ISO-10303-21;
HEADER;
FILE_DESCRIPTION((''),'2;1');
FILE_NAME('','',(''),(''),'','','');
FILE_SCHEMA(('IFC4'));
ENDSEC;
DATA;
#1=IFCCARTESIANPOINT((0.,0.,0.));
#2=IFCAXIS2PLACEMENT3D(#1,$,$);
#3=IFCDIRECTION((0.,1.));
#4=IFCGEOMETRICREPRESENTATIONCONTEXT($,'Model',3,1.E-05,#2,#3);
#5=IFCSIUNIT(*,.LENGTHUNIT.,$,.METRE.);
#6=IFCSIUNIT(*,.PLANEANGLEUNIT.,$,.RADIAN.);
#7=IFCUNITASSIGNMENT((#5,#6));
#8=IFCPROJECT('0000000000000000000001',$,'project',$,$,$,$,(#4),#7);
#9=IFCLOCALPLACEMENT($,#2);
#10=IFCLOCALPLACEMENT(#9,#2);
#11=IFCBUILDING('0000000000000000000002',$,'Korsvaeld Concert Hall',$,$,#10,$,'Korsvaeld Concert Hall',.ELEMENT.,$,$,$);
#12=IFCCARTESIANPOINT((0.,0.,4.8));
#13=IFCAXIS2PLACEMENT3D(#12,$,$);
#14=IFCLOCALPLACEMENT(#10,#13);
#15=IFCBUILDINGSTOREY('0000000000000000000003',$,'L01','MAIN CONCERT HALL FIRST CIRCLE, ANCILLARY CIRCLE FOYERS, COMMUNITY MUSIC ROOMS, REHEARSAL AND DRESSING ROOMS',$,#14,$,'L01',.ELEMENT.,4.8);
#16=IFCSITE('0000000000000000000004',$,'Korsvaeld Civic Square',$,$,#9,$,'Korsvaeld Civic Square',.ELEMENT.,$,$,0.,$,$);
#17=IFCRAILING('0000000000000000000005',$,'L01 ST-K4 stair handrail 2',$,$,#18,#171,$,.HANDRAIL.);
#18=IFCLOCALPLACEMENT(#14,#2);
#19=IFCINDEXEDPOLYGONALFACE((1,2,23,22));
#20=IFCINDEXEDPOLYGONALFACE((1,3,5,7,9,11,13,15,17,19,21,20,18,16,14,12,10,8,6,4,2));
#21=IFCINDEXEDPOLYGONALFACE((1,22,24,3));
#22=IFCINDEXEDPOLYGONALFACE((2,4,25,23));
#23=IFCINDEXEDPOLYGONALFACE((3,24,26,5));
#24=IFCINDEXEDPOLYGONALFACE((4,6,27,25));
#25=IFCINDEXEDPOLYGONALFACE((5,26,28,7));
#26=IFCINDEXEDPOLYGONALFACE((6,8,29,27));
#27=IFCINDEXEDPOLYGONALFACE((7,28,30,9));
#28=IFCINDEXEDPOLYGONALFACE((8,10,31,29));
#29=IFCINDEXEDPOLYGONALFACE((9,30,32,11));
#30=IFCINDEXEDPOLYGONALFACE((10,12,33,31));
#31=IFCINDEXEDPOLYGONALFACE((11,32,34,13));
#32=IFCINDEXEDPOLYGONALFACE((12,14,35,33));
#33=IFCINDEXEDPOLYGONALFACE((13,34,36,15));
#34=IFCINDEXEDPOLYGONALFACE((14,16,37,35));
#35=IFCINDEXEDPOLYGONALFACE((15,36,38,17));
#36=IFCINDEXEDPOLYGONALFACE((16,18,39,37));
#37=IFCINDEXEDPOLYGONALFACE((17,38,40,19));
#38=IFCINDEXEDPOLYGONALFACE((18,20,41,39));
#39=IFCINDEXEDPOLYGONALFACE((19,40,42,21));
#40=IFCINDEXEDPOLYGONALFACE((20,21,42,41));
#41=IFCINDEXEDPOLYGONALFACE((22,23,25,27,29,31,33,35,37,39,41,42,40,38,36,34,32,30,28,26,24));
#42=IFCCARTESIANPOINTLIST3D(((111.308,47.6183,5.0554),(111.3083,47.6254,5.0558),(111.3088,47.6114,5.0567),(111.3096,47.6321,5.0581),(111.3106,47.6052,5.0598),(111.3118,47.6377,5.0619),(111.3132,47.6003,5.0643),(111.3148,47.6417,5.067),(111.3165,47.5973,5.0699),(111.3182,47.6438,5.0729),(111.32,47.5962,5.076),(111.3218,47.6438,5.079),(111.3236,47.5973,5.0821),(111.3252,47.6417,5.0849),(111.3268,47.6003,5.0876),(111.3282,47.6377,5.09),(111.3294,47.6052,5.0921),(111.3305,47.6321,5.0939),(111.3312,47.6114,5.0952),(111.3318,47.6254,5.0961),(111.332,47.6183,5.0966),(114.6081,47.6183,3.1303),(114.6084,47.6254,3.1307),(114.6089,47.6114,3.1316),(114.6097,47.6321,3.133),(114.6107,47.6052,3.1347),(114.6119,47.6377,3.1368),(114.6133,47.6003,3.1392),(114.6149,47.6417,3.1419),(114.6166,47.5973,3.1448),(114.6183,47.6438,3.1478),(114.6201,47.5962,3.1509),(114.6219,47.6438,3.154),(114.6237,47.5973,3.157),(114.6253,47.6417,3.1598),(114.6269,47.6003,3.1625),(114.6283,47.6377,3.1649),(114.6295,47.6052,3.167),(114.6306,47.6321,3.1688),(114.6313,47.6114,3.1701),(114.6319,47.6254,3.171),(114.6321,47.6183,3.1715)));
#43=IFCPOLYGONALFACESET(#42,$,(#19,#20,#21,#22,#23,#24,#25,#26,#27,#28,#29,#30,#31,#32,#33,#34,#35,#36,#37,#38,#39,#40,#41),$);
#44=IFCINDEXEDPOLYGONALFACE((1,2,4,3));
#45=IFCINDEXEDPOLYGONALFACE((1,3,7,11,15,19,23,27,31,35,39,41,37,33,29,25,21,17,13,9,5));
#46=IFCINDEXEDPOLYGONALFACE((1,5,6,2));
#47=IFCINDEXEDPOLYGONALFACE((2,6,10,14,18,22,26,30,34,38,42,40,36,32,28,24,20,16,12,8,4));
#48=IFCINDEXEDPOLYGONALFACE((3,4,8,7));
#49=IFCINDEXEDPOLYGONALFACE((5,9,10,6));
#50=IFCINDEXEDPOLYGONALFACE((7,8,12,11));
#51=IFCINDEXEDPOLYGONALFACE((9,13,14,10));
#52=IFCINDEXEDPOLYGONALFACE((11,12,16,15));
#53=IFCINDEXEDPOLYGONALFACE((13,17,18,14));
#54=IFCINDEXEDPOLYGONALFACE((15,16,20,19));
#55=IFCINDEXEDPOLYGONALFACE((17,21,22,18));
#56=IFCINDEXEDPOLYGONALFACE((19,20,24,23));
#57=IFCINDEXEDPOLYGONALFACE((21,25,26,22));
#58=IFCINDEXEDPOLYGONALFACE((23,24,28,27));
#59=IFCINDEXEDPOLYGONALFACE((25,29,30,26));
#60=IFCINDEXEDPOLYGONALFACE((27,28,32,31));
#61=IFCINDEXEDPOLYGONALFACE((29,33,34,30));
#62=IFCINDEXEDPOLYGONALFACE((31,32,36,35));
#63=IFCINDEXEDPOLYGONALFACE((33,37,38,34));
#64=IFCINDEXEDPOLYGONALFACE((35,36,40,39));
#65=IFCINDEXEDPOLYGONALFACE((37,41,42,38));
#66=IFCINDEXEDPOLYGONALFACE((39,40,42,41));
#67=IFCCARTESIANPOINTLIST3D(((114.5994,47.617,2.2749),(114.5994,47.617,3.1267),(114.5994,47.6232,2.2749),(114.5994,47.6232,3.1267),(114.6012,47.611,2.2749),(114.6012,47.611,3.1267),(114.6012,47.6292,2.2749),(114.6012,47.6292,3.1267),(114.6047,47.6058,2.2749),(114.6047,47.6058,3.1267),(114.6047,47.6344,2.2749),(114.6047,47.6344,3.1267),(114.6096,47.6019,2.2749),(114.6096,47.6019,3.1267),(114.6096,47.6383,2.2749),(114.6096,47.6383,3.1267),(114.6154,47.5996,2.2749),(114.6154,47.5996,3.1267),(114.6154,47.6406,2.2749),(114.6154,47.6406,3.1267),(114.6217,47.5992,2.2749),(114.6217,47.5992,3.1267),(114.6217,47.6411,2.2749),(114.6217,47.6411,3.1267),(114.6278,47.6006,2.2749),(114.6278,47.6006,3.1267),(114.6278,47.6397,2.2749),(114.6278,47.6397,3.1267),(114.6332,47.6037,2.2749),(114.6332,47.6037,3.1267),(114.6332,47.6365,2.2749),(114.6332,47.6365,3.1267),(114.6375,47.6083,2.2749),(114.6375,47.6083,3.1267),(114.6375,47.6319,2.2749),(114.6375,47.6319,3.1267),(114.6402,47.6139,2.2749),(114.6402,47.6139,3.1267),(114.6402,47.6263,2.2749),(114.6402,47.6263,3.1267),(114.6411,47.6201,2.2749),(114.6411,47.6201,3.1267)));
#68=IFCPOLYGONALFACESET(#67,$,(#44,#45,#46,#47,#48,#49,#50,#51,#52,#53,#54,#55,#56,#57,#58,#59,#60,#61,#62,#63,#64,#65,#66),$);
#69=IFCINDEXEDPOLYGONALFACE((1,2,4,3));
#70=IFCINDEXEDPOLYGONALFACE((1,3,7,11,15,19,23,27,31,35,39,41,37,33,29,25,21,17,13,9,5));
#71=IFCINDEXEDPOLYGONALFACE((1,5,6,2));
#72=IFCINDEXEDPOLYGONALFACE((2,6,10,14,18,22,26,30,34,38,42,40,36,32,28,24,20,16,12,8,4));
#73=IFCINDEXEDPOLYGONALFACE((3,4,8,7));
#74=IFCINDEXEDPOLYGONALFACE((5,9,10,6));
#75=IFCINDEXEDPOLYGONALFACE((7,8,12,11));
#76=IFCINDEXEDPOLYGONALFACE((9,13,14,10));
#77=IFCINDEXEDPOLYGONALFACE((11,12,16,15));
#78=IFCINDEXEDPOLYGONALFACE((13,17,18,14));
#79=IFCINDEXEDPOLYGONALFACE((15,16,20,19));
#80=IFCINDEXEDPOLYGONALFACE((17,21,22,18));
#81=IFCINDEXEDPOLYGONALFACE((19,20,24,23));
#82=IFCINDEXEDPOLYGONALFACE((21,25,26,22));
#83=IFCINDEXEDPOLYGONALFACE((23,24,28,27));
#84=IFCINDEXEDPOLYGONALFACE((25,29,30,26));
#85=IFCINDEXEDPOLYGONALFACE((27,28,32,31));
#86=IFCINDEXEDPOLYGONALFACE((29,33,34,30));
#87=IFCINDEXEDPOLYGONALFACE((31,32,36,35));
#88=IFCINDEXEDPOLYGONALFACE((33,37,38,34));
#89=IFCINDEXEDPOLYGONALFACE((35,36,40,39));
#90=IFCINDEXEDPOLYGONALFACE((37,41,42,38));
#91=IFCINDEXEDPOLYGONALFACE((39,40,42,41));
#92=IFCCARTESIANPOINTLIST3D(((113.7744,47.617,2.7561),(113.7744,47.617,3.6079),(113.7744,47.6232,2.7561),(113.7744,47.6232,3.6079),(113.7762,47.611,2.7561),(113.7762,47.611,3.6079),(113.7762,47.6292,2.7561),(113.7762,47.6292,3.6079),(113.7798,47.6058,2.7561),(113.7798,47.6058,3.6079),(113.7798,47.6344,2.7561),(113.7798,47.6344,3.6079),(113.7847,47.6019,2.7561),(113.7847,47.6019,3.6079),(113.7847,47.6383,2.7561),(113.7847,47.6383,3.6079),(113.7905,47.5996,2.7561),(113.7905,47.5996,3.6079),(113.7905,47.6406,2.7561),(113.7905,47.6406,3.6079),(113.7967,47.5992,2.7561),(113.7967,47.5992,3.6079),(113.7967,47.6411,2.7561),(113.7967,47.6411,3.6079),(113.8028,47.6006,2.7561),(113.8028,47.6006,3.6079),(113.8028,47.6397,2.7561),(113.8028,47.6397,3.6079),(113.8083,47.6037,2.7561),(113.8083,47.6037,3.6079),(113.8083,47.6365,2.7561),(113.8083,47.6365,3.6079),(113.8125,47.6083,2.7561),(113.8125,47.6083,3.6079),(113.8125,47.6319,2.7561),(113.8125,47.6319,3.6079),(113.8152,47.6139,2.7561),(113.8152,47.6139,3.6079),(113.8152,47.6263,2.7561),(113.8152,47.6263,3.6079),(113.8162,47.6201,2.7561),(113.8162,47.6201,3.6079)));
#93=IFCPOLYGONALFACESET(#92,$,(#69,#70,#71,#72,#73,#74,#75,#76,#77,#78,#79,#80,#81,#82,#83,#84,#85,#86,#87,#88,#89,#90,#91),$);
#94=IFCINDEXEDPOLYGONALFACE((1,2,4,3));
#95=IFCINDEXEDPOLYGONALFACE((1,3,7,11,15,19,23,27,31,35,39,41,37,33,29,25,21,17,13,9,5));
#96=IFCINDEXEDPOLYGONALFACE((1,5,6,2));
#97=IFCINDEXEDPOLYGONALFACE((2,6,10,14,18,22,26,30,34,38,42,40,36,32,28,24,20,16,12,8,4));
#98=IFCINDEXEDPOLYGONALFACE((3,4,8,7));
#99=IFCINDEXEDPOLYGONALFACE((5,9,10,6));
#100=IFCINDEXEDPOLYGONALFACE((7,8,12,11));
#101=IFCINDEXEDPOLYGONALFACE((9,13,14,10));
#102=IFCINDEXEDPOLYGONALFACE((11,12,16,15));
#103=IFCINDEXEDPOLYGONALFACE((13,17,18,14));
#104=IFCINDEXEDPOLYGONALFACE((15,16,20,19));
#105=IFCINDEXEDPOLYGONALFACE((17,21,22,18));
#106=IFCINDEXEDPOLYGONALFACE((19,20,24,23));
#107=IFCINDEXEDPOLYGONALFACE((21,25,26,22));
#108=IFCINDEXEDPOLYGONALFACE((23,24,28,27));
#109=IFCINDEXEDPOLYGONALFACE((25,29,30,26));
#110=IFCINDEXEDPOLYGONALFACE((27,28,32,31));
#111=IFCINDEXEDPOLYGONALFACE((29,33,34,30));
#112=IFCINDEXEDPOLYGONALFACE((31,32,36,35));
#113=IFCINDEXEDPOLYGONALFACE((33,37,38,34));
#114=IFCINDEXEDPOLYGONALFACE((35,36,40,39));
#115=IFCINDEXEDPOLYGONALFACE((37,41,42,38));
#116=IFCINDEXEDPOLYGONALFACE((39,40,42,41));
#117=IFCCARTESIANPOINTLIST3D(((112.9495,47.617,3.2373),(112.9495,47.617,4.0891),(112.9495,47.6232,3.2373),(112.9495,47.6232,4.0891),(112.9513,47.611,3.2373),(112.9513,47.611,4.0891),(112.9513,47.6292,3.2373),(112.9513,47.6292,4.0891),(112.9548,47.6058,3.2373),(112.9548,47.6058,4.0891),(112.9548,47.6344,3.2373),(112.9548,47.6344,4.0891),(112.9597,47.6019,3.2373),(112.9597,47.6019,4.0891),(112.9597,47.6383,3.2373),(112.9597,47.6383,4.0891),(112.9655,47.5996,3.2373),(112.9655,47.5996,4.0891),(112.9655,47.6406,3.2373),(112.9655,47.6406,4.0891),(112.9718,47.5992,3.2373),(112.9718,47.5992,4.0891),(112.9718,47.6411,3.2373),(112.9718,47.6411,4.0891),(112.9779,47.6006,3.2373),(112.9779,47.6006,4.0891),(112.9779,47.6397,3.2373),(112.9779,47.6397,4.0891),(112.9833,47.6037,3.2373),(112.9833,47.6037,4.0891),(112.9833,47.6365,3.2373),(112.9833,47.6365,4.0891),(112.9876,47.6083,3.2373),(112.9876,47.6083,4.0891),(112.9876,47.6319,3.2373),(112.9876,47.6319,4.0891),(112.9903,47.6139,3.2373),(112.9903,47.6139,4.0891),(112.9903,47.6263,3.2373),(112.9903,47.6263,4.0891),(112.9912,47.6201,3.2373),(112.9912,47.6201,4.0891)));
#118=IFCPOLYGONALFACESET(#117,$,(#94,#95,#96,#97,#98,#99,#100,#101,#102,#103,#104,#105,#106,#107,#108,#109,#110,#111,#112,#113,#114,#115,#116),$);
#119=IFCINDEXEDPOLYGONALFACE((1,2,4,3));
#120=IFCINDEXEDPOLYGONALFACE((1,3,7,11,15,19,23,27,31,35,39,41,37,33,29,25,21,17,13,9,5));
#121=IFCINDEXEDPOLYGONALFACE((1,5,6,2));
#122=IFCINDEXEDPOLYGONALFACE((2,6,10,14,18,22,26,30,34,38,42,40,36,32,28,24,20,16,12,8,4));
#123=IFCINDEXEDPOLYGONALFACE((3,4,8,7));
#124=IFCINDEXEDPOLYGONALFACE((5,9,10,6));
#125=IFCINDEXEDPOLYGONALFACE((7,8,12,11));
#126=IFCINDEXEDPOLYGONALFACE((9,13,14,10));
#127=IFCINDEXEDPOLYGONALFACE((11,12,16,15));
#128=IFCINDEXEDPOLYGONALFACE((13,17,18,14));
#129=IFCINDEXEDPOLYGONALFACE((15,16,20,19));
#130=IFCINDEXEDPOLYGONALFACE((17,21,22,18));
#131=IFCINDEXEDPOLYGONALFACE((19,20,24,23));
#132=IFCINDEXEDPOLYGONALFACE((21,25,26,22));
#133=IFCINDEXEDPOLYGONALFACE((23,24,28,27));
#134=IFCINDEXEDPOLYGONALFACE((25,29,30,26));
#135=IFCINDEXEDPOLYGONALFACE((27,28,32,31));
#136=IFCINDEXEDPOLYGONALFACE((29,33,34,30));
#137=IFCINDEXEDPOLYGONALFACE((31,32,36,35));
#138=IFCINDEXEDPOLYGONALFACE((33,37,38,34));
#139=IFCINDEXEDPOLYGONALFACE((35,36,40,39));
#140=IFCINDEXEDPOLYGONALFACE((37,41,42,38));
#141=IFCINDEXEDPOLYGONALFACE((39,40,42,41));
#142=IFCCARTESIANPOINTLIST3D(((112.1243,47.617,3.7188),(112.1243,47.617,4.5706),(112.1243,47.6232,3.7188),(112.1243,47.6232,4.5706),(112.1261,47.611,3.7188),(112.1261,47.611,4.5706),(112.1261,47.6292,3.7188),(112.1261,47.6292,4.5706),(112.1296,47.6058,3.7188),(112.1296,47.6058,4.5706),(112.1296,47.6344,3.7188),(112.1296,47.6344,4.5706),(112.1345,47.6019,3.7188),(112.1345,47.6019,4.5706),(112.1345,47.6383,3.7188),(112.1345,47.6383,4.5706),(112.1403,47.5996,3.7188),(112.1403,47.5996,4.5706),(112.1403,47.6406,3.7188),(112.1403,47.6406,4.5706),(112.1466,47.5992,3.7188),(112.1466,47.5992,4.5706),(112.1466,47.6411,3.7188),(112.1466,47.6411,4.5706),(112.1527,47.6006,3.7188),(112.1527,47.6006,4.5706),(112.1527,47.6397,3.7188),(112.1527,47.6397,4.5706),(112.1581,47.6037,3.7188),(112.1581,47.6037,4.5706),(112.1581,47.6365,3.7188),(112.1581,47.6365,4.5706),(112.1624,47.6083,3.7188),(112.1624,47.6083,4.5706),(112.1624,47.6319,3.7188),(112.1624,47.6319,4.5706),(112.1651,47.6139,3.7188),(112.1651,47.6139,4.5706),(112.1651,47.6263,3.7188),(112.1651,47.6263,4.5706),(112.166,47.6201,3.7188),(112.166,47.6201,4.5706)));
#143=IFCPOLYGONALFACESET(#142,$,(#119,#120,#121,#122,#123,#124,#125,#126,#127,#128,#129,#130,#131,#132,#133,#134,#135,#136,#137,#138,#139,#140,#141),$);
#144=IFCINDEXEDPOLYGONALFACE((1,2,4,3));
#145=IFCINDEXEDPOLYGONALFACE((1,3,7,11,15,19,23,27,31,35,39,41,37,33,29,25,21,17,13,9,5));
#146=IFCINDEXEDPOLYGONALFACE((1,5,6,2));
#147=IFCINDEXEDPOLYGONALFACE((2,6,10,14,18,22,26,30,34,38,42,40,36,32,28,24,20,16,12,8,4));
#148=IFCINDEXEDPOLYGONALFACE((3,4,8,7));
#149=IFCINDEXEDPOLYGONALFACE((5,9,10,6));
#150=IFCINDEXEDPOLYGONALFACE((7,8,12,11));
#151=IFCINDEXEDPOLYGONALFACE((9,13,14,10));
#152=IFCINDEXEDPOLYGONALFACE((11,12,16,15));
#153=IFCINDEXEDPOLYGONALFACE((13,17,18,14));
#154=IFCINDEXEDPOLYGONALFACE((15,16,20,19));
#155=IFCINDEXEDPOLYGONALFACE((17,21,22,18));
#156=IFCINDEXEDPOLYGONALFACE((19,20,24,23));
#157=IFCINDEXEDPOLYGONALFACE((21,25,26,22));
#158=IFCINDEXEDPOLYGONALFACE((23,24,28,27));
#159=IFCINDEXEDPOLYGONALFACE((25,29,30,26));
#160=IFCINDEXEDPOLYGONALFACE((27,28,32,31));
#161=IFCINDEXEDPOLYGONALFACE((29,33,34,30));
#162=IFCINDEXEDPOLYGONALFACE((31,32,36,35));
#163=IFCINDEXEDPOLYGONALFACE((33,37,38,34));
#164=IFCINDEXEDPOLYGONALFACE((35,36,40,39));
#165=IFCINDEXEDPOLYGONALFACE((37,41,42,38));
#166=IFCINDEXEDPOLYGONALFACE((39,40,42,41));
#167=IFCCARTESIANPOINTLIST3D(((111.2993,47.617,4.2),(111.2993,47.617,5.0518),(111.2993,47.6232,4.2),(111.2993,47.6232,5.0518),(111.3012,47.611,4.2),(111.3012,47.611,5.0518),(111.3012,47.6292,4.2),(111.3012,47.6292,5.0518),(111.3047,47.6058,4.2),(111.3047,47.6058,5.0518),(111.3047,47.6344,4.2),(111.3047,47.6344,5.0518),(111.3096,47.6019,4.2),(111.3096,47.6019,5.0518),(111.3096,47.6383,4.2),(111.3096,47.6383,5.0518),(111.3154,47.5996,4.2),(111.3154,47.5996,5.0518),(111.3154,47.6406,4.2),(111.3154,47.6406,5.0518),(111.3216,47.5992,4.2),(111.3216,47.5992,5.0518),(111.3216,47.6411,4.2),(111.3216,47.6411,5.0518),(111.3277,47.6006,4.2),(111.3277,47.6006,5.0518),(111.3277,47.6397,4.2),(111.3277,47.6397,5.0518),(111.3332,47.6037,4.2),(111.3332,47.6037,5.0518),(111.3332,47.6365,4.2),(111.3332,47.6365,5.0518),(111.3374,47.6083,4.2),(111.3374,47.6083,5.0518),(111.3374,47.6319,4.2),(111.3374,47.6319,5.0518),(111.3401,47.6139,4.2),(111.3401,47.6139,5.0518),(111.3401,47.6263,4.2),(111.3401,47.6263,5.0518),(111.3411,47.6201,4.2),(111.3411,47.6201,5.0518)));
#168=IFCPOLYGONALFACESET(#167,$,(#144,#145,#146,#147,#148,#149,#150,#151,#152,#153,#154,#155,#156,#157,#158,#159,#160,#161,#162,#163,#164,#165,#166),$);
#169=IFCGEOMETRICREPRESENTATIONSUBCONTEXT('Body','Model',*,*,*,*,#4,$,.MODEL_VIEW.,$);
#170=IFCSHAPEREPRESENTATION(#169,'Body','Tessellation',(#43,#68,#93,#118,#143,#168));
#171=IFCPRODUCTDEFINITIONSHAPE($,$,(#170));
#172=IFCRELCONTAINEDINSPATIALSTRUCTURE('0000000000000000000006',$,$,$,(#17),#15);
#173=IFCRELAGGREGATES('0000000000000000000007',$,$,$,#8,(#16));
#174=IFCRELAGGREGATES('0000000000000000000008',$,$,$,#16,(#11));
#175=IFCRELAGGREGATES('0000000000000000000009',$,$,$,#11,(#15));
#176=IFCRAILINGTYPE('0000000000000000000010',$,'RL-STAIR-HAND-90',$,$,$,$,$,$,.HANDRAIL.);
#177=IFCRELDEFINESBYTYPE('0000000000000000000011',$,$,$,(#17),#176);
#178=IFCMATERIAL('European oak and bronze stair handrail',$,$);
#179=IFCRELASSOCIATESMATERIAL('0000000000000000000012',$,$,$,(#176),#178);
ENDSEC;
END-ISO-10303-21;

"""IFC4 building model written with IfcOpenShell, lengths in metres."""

from ifc_helpers import new_model, si_unit, direction, frame, origin, origin_2d, place, context, subcontext, project, spatial, circle, extrude, material, type_object, element, save


model = new_model("IFC4")

# Units and contexts
model_context = context("Model", 3, precision=1e-05, world=origin(), true_north=direction((0.0, 1.0)))
body_context = subcontext(model_context, "Body", "Model", "MODEL_VIEW")
ifc_project = project(units=[si_unit("LENGTHUNIT", "METRE"), si_unit("PLANEANGLEUNIT", "RADIAN")], contexts=[model_context])

# Site, building, storey
site_placement = place(None, origin())
site = spatial("IfcSite", under=ifc_project, at=site_placement, Name="Korsvaeld Civic Square", LongName="Korsvaeld Civic Square", CompositionType="ELEMENT", RefElevation=0.0)
building_placement = place(site_placement, origin())
building = spatial("IfcBuilding", under=site, at=building_placement, Name="Korsvaeld Concert Hall", LongName="Korsvaeld Concert Hall", CompositionType="ELEMENT")
storey_placement = place(building_placement, frame((0.0, 0.0, 4.8)))
storey = spatial("IfcBuildingStorey", under=building, at=storey_placement, Name="L01", Description="MAIN CONCERT HALL FIRST CIRCLE, ANCILLARY CIRCLE FOYERS, COMMUNITY MUSIC ROOMS, REHEARSAL AND DRESSING ROOMS", LongName="L01", CompositionType="ELEMENT", Elevation=4.8)

# Railing
ifc_material_1 = material(Name="European oak and bronze stair handrail")
railing_type_1 = type_object("IfcRailingType", Name="RL-STAIR-HAND-90", PredefinedType="HANDRAIL", material=ifc_material_1)
for number, where, name in (
    (1, (114.6201, 47.6201, 2.2749), "L01 ST-K4 stair handrail 2"),
):
    element("IfcRailing", number, at=place(storey_placement, frame(where)), inside=storey, type_object=railing_type_1, Name=name, PredefinedType="HANDRAIL", context=body_context, shape_type="SweptSolid", body=[
        extrude(circle(Radius=0.0239, at=origin_2d()), frame((0.0, 0.0, 0.876), z_axis=(-0.863777, 0.0, 0.503875), x_axis=(0.0, -1.0, 0.0)), (0.0, 0.0, 1.0), 3.8206),
        extrude(circle(Radius=0.021, at=origin_2d()), origin(), (0.0, 0.0, 1.0), 0.8518),
        extrude(circle(Radius=0.021, at=origin_2d()), frame((-0.825, 0.0, 0.4812)), (0.0, 0.0, 1.0), 0.8518),
        extrude(circle(Radius=0.021, at=origin_2d()), frame((-1.6499, 0.0, 0.9624)), (0.0, 0.0, 1.0), 0.8518),
        extrude(circle(Radius=0.021, at=origin_2d()), frame((-2.4751, 0.0, 1.4438)), (0.0, 0.0, 1.0), 0.8518),
        extrude(circle(Radius=0.021, at=origin_2d()), frame((-3.3, 0.0, 1.925)), (0.0, 0.0, 1.0), 0.8518),
    ])

save(model, "model.ifc")
